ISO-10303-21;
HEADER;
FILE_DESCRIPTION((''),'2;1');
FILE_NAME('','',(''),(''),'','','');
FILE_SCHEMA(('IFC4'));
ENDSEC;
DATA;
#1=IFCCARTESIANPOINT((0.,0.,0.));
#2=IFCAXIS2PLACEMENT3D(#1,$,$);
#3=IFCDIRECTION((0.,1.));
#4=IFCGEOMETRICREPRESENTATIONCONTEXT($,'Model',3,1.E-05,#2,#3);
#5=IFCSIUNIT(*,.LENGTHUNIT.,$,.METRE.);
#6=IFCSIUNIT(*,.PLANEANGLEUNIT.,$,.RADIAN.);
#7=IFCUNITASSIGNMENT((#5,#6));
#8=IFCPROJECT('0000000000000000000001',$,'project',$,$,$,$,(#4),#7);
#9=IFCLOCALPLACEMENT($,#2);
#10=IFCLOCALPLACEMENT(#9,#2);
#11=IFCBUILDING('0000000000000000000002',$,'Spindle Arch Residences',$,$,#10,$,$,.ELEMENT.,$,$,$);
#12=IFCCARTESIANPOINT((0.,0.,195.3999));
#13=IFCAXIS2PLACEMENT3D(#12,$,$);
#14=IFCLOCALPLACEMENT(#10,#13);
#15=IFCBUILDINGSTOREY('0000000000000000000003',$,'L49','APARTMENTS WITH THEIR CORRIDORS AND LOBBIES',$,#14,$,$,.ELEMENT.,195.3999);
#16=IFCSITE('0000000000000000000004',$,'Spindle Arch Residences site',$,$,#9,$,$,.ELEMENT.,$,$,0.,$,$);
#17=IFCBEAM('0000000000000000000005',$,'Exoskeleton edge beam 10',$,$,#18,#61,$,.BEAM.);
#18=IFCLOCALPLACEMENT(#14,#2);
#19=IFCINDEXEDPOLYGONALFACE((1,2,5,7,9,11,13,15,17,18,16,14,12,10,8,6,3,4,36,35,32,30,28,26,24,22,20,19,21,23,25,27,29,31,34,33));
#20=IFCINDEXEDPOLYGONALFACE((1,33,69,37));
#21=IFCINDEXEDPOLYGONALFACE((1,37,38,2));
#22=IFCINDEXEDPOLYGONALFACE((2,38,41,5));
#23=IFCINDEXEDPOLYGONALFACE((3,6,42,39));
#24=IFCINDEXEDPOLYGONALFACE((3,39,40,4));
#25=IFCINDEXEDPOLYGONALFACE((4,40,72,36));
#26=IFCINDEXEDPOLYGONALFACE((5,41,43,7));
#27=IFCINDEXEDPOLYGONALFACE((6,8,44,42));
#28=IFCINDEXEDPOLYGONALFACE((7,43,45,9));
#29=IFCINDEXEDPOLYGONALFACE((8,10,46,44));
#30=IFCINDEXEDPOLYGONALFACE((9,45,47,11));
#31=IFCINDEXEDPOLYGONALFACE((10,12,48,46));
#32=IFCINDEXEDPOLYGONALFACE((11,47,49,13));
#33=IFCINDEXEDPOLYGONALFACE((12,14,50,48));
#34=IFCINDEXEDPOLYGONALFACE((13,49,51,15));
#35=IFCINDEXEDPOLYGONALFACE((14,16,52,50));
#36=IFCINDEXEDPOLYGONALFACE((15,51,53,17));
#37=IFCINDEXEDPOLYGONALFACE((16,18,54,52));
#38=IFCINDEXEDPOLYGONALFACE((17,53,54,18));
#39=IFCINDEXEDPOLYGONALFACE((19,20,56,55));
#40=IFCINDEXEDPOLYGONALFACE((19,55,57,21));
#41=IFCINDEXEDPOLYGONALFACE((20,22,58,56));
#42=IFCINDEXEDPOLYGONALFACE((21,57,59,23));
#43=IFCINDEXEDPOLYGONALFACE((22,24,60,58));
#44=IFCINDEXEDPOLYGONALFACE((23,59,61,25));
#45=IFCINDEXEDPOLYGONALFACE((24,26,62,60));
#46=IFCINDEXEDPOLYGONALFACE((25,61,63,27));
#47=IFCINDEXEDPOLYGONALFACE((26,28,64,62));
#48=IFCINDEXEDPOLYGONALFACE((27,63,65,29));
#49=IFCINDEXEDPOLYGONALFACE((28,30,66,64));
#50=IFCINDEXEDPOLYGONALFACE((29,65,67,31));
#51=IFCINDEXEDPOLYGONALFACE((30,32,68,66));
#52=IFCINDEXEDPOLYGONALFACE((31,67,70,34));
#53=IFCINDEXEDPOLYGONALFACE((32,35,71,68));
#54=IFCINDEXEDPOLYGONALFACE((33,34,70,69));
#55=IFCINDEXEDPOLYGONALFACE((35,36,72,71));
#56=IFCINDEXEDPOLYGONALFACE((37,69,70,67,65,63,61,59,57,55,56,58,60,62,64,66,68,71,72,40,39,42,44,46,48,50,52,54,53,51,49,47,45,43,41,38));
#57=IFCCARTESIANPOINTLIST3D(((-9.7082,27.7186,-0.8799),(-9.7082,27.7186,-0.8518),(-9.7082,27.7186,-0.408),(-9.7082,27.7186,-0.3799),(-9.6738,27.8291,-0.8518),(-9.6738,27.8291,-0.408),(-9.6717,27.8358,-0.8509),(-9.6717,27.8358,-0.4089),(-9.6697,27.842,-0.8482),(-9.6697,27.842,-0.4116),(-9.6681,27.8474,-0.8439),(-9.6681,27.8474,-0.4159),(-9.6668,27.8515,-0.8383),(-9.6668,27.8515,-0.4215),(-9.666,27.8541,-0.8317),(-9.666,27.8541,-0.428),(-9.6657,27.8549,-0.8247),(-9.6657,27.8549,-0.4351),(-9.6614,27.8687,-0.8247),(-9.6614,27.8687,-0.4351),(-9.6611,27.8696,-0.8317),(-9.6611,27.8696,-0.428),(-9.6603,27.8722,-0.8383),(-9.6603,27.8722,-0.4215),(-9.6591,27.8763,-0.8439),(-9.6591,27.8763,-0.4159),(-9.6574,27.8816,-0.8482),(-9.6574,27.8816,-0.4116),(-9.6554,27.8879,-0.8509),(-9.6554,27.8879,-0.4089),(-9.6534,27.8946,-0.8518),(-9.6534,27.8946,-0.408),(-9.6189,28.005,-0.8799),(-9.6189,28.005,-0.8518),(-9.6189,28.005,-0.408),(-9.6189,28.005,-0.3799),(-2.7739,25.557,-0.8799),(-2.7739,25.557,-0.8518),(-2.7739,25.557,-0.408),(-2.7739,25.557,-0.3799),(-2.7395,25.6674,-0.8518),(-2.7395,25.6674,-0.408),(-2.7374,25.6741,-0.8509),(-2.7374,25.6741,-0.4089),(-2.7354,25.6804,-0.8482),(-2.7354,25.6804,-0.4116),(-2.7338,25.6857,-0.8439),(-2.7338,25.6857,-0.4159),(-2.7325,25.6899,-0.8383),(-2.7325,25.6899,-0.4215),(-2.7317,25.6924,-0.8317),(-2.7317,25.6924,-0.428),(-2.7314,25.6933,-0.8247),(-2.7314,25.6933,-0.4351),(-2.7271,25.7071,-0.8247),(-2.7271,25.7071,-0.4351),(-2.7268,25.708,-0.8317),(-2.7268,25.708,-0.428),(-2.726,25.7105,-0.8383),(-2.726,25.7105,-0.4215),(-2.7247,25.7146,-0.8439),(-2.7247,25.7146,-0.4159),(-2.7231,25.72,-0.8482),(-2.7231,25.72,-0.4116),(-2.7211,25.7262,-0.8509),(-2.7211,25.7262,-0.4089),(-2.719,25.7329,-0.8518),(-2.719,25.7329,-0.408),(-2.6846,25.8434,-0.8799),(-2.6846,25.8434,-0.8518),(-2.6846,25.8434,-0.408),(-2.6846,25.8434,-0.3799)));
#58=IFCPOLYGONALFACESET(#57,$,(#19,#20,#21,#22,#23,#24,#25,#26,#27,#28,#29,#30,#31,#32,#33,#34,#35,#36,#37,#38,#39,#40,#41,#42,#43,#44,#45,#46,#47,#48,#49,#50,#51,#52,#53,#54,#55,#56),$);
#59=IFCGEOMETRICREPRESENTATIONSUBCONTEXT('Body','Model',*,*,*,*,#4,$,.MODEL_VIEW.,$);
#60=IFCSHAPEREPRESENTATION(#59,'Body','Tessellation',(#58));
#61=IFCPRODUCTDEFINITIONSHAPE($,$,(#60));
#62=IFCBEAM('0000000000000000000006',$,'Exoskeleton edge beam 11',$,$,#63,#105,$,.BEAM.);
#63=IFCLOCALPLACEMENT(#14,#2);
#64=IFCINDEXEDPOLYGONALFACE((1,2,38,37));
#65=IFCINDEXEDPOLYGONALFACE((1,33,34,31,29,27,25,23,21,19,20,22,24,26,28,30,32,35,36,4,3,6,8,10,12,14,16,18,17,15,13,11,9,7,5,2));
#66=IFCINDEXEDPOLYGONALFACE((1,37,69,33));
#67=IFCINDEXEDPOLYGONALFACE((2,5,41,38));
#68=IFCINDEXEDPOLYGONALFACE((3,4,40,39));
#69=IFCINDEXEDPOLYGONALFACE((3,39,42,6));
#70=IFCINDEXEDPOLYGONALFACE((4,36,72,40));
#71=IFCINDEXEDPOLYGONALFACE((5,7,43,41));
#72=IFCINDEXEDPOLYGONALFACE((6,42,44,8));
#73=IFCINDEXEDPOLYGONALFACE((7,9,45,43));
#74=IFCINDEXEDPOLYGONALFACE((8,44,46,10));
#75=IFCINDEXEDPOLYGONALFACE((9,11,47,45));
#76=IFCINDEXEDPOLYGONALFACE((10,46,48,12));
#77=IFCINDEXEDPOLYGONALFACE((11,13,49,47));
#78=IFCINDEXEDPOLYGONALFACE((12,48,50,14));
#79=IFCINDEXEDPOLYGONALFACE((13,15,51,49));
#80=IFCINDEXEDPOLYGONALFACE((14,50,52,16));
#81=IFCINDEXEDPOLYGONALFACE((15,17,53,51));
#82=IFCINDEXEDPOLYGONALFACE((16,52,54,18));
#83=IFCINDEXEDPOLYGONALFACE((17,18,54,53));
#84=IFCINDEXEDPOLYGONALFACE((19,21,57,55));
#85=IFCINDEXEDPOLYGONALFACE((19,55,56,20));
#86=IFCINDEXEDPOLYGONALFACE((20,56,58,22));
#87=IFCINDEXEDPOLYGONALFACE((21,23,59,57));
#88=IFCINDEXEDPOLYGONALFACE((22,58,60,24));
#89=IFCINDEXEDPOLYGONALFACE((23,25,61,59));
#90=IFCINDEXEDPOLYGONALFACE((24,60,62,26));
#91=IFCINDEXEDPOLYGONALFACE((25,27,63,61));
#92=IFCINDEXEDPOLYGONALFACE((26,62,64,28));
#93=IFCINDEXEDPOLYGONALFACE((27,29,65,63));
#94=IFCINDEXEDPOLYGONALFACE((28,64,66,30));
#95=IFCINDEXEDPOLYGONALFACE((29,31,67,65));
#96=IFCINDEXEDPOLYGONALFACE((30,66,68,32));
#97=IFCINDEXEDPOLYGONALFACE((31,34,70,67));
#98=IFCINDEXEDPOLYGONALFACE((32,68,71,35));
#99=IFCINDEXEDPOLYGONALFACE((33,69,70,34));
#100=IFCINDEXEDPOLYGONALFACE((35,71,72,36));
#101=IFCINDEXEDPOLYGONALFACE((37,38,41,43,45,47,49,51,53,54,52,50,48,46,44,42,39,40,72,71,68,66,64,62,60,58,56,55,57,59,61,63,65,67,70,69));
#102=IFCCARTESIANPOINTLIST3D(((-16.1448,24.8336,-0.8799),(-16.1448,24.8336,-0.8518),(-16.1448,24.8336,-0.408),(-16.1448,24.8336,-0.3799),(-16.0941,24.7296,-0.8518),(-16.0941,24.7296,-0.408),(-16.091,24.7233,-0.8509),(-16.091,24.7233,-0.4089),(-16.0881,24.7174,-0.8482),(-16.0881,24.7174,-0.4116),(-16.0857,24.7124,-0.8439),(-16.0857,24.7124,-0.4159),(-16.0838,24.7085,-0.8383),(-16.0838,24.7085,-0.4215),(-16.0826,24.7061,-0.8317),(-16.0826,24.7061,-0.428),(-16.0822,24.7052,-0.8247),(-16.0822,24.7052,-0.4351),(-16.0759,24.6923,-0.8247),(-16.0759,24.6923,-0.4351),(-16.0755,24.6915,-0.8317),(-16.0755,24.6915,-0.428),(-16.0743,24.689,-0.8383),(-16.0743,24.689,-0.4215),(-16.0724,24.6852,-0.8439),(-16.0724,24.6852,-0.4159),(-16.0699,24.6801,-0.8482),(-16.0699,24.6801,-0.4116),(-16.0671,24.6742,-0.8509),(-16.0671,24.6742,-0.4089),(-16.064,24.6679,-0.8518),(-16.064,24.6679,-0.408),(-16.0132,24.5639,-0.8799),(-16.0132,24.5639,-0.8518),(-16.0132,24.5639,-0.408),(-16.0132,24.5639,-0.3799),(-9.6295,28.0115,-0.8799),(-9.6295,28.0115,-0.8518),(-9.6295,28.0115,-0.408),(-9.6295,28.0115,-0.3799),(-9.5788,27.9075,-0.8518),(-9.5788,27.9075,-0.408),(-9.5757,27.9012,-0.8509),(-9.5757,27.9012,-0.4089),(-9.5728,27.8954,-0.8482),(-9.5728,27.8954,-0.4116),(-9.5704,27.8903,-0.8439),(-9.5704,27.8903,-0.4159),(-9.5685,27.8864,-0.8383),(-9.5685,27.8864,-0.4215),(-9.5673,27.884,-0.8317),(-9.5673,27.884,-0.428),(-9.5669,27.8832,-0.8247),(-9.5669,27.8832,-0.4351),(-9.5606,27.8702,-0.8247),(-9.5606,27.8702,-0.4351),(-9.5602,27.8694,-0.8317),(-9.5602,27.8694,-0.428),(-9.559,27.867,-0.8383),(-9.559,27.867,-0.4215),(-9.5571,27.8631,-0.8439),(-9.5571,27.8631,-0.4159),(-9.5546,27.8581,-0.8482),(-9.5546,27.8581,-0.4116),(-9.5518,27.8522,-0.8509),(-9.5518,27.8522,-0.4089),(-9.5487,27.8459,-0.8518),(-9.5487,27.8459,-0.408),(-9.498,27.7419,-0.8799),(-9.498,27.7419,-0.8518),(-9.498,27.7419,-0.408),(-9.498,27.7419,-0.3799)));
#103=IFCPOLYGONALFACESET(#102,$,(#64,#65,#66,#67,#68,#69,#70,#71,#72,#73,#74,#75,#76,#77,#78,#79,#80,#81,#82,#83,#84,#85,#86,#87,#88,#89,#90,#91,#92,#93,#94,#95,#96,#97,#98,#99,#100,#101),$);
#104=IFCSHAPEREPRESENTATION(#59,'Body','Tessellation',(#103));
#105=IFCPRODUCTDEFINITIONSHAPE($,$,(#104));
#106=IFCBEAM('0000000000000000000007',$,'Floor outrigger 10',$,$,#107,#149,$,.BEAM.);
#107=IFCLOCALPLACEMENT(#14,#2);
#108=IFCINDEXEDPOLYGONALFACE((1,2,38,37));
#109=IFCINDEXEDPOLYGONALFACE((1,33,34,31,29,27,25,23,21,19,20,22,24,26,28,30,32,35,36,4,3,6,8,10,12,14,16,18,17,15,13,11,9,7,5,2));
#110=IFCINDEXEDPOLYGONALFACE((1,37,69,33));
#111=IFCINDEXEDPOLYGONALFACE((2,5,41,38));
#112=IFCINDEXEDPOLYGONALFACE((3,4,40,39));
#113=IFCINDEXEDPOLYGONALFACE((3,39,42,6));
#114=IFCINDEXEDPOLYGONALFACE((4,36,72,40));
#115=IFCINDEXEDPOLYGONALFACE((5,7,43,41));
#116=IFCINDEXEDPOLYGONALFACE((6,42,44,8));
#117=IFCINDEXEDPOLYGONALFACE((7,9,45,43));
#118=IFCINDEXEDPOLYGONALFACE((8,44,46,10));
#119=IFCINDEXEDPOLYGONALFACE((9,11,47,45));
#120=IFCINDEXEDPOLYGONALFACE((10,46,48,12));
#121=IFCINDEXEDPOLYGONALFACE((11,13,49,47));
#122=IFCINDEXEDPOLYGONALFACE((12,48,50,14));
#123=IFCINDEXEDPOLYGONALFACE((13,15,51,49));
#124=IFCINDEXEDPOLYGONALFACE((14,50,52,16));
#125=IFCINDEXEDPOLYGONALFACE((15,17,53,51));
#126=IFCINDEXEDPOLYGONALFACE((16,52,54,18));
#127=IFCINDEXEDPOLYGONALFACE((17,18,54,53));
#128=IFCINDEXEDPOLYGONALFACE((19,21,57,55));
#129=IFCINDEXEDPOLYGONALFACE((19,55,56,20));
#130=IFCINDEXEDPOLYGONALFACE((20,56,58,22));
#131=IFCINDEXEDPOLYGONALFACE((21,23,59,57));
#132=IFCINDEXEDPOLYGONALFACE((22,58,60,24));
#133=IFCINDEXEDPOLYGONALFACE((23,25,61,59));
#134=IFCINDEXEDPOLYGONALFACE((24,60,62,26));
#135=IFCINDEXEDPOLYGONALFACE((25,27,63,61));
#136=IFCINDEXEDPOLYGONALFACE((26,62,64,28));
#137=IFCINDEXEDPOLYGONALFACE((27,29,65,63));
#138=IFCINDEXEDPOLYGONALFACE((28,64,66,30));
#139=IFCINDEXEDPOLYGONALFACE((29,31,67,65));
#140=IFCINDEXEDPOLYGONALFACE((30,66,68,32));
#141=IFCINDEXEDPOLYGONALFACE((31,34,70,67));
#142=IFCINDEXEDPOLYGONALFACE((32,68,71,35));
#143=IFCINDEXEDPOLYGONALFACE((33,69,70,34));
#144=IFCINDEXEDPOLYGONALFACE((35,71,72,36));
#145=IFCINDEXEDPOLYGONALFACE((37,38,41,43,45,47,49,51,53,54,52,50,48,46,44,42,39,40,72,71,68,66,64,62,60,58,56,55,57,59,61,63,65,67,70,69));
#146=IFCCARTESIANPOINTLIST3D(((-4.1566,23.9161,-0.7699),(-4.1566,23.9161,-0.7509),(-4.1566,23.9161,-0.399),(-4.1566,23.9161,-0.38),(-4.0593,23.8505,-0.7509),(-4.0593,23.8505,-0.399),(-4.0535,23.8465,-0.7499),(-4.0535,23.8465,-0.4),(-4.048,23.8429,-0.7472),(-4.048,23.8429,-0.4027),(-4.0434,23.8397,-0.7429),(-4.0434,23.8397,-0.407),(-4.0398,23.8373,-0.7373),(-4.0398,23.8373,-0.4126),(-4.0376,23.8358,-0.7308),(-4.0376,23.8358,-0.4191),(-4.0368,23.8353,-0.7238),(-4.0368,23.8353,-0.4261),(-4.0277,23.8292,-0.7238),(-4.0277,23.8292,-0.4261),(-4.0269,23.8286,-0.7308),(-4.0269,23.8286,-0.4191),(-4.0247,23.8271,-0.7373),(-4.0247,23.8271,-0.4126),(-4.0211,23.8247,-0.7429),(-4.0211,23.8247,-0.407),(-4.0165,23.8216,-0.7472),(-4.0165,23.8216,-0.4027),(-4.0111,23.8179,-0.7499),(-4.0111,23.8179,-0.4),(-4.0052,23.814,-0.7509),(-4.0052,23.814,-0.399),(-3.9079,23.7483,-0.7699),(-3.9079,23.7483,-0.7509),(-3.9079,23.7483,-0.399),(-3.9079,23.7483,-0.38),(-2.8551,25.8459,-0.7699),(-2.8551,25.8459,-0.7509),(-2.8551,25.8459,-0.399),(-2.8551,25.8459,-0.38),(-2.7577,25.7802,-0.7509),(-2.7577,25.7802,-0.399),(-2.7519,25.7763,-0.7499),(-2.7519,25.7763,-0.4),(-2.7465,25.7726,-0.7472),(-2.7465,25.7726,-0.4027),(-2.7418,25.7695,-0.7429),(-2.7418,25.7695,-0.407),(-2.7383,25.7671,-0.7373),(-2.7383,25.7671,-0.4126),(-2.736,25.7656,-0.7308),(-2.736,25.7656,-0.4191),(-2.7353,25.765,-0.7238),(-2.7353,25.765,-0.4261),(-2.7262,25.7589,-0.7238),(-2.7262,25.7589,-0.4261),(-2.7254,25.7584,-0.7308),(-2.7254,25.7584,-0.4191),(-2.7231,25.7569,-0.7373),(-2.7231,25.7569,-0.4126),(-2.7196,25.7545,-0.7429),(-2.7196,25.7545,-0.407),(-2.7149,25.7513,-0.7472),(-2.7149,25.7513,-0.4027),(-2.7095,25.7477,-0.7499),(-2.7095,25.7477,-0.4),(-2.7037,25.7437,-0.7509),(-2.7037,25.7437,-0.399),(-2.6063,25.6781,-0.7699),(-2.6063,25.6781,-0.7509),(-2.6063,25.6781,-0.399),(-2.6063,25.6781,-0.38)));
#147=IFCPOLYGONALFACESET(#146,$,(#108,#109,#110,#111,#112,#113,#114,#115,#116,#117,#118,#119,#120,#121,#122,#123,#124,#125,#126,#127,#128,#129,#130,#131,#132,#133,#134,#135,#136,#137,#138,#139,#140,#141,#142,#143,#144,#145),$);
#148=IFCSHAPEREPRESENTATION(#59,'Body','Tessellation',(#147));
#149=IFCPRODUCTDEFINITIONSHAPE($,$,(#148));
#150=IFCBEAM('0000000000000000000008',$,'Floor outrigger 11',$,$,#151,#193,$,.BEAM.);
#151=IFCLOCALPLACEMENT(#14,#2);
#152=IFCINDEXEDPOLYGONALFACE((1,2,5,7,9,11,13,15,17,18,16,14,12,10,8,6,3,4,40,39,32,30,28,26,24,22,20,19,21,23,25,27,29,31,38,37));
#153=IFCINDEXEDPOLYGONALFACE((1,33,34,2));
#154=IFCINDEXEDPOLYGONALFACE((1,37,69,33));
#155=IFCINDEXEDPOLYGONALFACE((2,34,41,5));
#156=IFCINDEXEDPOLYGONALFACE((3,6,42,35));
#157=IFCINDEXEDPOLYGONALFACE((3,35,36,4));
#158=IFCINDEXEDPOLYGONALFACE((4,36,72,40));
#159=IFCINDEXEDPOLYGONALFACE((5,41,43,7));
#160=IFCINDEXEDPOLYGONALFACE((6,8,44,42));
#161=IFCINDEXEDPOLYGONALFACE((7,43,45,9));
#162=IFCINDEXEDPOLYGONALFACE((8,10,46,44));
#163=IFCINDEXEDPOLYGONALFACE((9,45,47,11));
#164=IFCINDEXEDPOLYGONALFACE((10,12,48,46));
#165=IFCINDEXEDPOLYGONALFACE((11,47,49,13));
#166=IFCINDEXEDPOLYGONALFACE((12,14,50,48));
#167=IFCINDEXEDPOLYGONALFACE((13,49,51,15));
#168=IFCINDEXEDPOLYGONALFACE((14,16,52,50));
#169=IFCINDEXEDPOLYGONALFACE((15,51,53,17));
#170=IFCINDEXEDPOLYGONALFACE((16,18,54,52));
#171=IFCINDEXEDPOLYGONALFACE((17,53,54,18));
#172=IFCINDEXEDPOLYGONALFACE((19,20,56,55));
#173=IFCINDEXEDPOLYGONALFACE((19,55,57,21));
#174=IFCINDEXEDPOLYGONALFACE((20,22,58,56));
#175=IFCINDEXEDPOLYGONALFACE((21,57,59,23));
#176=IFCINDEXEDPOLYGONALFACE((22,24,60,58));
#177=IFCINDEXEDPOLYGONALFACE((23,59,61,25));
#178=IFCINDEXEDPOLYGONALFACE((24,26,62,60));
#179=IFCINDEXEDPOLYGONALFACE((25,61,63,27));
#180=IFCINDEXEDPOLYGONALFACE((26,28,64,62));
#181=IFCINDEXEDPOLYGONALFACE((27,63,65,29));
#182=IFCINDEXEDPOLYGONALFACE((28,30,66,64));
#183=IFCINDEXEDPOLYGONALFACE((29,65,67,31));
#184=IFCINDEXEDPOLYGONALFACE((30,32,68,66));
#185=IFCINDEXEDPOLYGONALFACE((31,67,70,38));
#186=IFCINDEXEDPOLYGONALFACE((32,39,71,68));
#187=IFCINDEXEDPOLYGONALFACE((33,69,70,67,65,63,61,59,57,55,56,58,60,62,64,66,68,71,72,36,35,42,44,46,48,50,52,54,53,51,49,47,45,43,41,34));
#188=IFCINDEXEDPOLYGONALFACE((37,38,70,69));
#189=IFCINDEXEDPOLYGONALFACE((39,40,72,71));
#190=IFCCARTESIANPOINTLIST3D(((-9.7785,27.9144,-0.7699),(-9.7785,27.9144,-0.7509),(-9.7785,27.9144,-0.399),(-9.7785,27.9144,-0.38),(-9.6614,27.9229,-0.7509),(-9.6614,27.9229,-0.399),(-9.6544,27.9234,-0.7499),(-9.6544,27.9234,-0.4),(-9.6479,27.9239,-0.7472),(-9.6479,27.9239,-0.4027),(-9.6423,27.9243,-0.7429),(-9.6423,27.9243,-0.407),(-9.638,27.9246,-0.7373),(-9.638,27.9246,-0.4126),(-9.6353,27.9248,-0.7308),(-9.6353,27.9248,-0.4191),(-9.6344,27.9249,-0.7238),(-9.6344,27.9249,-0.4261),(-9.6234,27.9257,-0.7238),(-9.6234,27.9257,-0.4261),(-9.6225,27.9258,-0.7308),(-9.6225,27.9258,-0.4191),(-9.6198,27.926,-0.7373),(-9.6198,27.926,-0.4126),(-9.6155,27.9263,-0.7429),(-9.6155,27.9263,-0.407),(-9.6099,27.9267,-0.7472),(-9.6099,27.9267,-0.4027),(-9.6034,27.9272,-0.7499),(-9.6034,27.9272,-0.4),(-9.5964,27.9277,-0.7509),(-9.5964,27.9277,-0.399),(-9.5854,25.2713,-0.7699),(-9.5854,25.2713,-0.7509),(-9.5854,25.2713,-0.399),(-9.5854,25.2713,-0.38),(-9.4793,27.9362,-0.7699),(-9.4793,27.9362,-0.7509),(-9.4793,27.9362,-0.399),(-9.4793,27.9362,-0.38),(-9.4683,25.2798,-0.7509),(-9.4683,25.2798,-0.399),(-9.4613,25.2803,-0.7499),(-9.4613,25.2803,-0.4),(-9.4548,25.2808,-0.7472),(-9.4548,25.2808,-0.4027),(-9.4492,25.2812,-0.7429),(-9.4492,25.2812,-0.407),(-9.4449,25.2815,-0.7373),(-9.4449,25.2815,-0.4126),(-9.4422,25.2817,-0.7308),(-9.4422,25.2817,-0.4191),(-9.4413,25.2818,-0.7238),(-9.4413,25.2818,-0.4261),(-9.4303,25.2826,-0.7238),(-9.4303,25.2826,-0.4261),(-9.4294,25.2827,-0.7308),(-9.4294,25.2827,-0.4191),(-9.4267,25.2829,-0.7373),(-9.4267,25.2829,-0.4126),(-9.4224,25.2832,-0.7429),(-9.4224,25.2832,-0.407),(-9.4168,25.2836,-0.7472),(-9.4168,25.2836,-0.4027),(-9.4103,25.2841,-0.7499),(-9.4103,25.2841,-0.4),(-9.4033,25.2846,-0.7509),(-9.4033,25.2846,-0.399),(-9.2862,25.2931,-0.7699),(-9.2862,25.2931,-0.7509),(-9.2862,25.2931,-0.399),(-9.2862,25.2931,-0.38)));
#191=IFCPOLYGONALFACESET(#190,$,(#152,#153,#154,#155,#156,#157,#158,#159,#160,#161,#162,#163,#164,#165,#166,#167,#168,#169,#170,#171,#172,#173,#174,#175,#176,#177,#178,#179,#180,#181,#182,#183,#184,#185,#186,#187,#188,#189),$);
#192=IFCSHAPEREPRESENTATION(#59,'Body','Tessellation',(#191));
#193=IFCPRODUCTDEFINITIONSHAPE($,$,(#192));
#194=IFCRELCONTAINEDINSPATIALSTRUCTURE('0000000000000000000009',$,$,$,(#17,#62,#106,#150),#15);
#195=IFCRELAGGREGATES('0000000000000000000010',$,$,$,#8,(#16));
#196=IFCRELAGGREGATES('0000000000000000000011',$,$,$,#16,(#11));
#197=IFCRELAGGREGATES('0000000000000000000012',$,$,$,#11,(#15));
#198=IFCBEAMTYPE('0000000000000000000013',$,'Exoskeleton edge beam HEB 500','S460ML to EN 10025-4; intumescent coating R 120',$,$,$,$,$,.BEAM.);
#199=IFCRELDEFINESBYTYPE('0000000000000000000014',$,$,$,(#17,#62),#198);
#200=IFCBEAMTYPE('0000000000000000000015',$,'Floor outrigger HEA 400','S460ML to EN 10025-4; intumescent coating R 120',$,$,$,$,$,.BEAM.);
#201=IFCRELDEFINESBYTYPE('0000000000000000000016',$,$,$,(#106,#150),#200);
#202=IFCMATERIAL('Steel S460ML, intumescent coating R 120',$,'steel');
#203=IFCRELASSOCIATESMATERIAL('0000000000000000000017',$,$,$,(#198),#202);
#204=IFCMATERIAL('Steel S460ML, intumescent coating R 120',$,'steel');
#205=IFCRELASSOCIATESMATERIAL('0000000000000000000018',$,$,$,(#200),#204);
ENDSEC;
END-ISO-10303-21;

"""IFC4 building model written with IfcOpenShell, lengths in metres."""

from ifc_helpers import new_model, si_unit, direction, frame, origin, origin_2d, place, context, subcontext, project, spatial, i_section, extrude, material, material_profile, profile_set, type_object, element, save


model = new_model("IFC4")

# Units and contexts
model_context = context("Model", 3, precision=1e-05, world=origin(), true_north=direction((0.0, 1.0)))
body_context = subcontext(model_context, "Body", "Model", "MODEL_VIEW")
ifc_project = project(units=[si_unit("LENGTHUNIT", "METRE"), si_unit("PLANEANGLEUNIT", "RADIAN")], contexts=[model_context])

# Site, building, storey
site_placement = place(None, origin())
site = spatial("IfcSite", under=ifc_project, at=site_placement, Name="Spindle Arch Residences site", CompositionType="ELEMENT", RefElevation=0.0)
building_placement = place(site_placement, origin())
building = spatial("IfcBuilding", under=site, at=building_placement, Name="Spindle Arch Residences", CompositionType="ELEMENT")
storey_placement = place(building_placement, frame((0.0, 0.0, 195.3999)))
storey = spatial("IfcBuildingStorey", under=building, at=storey_placement, Name="L49", Description="APARTMENTS WITH THEIR CORRIDORS AND LOBBIES", CompositionType="ELEMENT", Elevation=195.3999)

# Beams
ifc_material_1 = material(Name="Steel S460ML, intumescent coating R 120", Category="steel")
ifc_material_profile_1 = material_profile(ifc_material_1, i_section(OverallWidth=0.3, OverallDepth=0.5, WebThickness=0.0144, FlangeThickness=0.0281, FilletRadius=0.0271, at=origin_2d()), Name="HEB 500")
ifc_profile_set_1 = profile_set([ifc_material_profile_1], Name="Steel S460ML, intumescent coating R 120")
beam_type_1 = type_object("IfcBeamType", Name="Exoskeleton edge beam HEB 500", Description="S460ML to EN 10025-4; intumescent coating R 120", PredefinedType="BEAM", material=ifc_profile_set_1)
beam_1_placement = place(storey_placement, frame((-2.7292, 25.7002, -0.6299), z_axis=(-0.95469, 0.297603, 0.0), x_axis=(-0.297603, -0.95469, 0.0)))
element("IfcBeam", 1, at=beam_1_placement, inside=storey, type_object=beam_type_1, Name="Exoskeleton edge beam 10", PredefinedType="BEAM", context=body_context, shape_type="SweptSolid", body=[
    extrude(i_section(OverallWidth=0.3, OverallDepth=0.5, WebThickness=0.0144, FlangeThickness=0.0281, FilletRadius=0.0271, at=origin_2d()), origin(), (0.0, 0.0, 1.0), 7.2634),
])
beam_2_placement = place(storey_placement, frame((-9.5637, 27.8767, -0.6299), z_axis=(-0.898782, -0.438395, 0.0), x_axis=(0.438395, -0.898782, 0.0)))
element("IfcBeam", 2, at=beam_2_placement, inside=storey, type_object=beam_type_1, Name="Exoskeleton edge beam 11", PredefinedType="BEAM", context=body_context, shape_type="SweptSolid", body=[
    extrude(i_section(OverallWidth=0.3, OverallDepth=0.5, WebThickness=0.0144, FlangeThickness=0.0281, FilletRadius=0.0271, at=origin_2d()), origin(), (0.0, 0.0, 1.0), 7.249),
])
ifc_material_2 = material(Name="Steel S460ML, intumescent coating R 120", Category="steel")
ifc_material_profile_2 = material_profile(ifc_material_2, i_section(OverallWidth=0.3, OverallDepth=0.3899, WebThickness=0.011, FlangeThickness=0.019, FilletRadius=0.0271, at=origin_2d()), Name="HEA 400")
ifc_profile_set_2 = profile_set([ifc_material_profile_2], Name="Steel S460ML, intumescent coating R 120")
beam_type_2 = type_object("IfcBeamType", Name="Floor outrigger HEA 400", Description="S460ML to EN 10025-4; intumescent coating R 120", PredefinedType="BEAM", material=ifc_profile_set_2)
beam_3_placement = place(storey_placement, frame((-2.7307, 25.762, -0.575), z_axis=(-0.55917, -0.829053, 0.0), x_axis=(0.829053, -0.55917, 0.0)))
element("IfcBeam", 3, at=beam_3_placement, inside=storey, type_object=beam_type_2, Name="Floor outrigger 10", PredefinedType="BEAM", context=body_context, shape_type="SweptSolid", body=[
    extrude(i_section(OverallWidth=0.3, OverallDepth=0.3899, WebThickness=0.011, FlangeThickness=0.019, FilletRadius=0.0271, at=origin_2d()), origin(), (0.0, 0.0, 1.0), 2.3276),
])
beam_4_placement = place(storey_placement, frame((-9.6289, 27.9253, -0.575), z_axis=(0.072871, -0.997341, 0.0), x_axis=(0.997341, 0.072871, 0.0)))
element("IfcBeam", 4, at=beam_4_placement, inside=storey, type_object=beam_type_2, Name="Floor outrigger 11", PredefinedType="BEAM", context=body_context, shape_type="SweptSolid", body=[
    extrude(i_section(OverallWidth=0.3, OverallDepth=0.3899, WebThickness=0.011, FlangeThickness=0.019, FilletRadius=0.0271, at=origin_2d()), origin(), (0.0, 0.0, 1.0), 2.6501),
])

save(model, "model.ifc")
